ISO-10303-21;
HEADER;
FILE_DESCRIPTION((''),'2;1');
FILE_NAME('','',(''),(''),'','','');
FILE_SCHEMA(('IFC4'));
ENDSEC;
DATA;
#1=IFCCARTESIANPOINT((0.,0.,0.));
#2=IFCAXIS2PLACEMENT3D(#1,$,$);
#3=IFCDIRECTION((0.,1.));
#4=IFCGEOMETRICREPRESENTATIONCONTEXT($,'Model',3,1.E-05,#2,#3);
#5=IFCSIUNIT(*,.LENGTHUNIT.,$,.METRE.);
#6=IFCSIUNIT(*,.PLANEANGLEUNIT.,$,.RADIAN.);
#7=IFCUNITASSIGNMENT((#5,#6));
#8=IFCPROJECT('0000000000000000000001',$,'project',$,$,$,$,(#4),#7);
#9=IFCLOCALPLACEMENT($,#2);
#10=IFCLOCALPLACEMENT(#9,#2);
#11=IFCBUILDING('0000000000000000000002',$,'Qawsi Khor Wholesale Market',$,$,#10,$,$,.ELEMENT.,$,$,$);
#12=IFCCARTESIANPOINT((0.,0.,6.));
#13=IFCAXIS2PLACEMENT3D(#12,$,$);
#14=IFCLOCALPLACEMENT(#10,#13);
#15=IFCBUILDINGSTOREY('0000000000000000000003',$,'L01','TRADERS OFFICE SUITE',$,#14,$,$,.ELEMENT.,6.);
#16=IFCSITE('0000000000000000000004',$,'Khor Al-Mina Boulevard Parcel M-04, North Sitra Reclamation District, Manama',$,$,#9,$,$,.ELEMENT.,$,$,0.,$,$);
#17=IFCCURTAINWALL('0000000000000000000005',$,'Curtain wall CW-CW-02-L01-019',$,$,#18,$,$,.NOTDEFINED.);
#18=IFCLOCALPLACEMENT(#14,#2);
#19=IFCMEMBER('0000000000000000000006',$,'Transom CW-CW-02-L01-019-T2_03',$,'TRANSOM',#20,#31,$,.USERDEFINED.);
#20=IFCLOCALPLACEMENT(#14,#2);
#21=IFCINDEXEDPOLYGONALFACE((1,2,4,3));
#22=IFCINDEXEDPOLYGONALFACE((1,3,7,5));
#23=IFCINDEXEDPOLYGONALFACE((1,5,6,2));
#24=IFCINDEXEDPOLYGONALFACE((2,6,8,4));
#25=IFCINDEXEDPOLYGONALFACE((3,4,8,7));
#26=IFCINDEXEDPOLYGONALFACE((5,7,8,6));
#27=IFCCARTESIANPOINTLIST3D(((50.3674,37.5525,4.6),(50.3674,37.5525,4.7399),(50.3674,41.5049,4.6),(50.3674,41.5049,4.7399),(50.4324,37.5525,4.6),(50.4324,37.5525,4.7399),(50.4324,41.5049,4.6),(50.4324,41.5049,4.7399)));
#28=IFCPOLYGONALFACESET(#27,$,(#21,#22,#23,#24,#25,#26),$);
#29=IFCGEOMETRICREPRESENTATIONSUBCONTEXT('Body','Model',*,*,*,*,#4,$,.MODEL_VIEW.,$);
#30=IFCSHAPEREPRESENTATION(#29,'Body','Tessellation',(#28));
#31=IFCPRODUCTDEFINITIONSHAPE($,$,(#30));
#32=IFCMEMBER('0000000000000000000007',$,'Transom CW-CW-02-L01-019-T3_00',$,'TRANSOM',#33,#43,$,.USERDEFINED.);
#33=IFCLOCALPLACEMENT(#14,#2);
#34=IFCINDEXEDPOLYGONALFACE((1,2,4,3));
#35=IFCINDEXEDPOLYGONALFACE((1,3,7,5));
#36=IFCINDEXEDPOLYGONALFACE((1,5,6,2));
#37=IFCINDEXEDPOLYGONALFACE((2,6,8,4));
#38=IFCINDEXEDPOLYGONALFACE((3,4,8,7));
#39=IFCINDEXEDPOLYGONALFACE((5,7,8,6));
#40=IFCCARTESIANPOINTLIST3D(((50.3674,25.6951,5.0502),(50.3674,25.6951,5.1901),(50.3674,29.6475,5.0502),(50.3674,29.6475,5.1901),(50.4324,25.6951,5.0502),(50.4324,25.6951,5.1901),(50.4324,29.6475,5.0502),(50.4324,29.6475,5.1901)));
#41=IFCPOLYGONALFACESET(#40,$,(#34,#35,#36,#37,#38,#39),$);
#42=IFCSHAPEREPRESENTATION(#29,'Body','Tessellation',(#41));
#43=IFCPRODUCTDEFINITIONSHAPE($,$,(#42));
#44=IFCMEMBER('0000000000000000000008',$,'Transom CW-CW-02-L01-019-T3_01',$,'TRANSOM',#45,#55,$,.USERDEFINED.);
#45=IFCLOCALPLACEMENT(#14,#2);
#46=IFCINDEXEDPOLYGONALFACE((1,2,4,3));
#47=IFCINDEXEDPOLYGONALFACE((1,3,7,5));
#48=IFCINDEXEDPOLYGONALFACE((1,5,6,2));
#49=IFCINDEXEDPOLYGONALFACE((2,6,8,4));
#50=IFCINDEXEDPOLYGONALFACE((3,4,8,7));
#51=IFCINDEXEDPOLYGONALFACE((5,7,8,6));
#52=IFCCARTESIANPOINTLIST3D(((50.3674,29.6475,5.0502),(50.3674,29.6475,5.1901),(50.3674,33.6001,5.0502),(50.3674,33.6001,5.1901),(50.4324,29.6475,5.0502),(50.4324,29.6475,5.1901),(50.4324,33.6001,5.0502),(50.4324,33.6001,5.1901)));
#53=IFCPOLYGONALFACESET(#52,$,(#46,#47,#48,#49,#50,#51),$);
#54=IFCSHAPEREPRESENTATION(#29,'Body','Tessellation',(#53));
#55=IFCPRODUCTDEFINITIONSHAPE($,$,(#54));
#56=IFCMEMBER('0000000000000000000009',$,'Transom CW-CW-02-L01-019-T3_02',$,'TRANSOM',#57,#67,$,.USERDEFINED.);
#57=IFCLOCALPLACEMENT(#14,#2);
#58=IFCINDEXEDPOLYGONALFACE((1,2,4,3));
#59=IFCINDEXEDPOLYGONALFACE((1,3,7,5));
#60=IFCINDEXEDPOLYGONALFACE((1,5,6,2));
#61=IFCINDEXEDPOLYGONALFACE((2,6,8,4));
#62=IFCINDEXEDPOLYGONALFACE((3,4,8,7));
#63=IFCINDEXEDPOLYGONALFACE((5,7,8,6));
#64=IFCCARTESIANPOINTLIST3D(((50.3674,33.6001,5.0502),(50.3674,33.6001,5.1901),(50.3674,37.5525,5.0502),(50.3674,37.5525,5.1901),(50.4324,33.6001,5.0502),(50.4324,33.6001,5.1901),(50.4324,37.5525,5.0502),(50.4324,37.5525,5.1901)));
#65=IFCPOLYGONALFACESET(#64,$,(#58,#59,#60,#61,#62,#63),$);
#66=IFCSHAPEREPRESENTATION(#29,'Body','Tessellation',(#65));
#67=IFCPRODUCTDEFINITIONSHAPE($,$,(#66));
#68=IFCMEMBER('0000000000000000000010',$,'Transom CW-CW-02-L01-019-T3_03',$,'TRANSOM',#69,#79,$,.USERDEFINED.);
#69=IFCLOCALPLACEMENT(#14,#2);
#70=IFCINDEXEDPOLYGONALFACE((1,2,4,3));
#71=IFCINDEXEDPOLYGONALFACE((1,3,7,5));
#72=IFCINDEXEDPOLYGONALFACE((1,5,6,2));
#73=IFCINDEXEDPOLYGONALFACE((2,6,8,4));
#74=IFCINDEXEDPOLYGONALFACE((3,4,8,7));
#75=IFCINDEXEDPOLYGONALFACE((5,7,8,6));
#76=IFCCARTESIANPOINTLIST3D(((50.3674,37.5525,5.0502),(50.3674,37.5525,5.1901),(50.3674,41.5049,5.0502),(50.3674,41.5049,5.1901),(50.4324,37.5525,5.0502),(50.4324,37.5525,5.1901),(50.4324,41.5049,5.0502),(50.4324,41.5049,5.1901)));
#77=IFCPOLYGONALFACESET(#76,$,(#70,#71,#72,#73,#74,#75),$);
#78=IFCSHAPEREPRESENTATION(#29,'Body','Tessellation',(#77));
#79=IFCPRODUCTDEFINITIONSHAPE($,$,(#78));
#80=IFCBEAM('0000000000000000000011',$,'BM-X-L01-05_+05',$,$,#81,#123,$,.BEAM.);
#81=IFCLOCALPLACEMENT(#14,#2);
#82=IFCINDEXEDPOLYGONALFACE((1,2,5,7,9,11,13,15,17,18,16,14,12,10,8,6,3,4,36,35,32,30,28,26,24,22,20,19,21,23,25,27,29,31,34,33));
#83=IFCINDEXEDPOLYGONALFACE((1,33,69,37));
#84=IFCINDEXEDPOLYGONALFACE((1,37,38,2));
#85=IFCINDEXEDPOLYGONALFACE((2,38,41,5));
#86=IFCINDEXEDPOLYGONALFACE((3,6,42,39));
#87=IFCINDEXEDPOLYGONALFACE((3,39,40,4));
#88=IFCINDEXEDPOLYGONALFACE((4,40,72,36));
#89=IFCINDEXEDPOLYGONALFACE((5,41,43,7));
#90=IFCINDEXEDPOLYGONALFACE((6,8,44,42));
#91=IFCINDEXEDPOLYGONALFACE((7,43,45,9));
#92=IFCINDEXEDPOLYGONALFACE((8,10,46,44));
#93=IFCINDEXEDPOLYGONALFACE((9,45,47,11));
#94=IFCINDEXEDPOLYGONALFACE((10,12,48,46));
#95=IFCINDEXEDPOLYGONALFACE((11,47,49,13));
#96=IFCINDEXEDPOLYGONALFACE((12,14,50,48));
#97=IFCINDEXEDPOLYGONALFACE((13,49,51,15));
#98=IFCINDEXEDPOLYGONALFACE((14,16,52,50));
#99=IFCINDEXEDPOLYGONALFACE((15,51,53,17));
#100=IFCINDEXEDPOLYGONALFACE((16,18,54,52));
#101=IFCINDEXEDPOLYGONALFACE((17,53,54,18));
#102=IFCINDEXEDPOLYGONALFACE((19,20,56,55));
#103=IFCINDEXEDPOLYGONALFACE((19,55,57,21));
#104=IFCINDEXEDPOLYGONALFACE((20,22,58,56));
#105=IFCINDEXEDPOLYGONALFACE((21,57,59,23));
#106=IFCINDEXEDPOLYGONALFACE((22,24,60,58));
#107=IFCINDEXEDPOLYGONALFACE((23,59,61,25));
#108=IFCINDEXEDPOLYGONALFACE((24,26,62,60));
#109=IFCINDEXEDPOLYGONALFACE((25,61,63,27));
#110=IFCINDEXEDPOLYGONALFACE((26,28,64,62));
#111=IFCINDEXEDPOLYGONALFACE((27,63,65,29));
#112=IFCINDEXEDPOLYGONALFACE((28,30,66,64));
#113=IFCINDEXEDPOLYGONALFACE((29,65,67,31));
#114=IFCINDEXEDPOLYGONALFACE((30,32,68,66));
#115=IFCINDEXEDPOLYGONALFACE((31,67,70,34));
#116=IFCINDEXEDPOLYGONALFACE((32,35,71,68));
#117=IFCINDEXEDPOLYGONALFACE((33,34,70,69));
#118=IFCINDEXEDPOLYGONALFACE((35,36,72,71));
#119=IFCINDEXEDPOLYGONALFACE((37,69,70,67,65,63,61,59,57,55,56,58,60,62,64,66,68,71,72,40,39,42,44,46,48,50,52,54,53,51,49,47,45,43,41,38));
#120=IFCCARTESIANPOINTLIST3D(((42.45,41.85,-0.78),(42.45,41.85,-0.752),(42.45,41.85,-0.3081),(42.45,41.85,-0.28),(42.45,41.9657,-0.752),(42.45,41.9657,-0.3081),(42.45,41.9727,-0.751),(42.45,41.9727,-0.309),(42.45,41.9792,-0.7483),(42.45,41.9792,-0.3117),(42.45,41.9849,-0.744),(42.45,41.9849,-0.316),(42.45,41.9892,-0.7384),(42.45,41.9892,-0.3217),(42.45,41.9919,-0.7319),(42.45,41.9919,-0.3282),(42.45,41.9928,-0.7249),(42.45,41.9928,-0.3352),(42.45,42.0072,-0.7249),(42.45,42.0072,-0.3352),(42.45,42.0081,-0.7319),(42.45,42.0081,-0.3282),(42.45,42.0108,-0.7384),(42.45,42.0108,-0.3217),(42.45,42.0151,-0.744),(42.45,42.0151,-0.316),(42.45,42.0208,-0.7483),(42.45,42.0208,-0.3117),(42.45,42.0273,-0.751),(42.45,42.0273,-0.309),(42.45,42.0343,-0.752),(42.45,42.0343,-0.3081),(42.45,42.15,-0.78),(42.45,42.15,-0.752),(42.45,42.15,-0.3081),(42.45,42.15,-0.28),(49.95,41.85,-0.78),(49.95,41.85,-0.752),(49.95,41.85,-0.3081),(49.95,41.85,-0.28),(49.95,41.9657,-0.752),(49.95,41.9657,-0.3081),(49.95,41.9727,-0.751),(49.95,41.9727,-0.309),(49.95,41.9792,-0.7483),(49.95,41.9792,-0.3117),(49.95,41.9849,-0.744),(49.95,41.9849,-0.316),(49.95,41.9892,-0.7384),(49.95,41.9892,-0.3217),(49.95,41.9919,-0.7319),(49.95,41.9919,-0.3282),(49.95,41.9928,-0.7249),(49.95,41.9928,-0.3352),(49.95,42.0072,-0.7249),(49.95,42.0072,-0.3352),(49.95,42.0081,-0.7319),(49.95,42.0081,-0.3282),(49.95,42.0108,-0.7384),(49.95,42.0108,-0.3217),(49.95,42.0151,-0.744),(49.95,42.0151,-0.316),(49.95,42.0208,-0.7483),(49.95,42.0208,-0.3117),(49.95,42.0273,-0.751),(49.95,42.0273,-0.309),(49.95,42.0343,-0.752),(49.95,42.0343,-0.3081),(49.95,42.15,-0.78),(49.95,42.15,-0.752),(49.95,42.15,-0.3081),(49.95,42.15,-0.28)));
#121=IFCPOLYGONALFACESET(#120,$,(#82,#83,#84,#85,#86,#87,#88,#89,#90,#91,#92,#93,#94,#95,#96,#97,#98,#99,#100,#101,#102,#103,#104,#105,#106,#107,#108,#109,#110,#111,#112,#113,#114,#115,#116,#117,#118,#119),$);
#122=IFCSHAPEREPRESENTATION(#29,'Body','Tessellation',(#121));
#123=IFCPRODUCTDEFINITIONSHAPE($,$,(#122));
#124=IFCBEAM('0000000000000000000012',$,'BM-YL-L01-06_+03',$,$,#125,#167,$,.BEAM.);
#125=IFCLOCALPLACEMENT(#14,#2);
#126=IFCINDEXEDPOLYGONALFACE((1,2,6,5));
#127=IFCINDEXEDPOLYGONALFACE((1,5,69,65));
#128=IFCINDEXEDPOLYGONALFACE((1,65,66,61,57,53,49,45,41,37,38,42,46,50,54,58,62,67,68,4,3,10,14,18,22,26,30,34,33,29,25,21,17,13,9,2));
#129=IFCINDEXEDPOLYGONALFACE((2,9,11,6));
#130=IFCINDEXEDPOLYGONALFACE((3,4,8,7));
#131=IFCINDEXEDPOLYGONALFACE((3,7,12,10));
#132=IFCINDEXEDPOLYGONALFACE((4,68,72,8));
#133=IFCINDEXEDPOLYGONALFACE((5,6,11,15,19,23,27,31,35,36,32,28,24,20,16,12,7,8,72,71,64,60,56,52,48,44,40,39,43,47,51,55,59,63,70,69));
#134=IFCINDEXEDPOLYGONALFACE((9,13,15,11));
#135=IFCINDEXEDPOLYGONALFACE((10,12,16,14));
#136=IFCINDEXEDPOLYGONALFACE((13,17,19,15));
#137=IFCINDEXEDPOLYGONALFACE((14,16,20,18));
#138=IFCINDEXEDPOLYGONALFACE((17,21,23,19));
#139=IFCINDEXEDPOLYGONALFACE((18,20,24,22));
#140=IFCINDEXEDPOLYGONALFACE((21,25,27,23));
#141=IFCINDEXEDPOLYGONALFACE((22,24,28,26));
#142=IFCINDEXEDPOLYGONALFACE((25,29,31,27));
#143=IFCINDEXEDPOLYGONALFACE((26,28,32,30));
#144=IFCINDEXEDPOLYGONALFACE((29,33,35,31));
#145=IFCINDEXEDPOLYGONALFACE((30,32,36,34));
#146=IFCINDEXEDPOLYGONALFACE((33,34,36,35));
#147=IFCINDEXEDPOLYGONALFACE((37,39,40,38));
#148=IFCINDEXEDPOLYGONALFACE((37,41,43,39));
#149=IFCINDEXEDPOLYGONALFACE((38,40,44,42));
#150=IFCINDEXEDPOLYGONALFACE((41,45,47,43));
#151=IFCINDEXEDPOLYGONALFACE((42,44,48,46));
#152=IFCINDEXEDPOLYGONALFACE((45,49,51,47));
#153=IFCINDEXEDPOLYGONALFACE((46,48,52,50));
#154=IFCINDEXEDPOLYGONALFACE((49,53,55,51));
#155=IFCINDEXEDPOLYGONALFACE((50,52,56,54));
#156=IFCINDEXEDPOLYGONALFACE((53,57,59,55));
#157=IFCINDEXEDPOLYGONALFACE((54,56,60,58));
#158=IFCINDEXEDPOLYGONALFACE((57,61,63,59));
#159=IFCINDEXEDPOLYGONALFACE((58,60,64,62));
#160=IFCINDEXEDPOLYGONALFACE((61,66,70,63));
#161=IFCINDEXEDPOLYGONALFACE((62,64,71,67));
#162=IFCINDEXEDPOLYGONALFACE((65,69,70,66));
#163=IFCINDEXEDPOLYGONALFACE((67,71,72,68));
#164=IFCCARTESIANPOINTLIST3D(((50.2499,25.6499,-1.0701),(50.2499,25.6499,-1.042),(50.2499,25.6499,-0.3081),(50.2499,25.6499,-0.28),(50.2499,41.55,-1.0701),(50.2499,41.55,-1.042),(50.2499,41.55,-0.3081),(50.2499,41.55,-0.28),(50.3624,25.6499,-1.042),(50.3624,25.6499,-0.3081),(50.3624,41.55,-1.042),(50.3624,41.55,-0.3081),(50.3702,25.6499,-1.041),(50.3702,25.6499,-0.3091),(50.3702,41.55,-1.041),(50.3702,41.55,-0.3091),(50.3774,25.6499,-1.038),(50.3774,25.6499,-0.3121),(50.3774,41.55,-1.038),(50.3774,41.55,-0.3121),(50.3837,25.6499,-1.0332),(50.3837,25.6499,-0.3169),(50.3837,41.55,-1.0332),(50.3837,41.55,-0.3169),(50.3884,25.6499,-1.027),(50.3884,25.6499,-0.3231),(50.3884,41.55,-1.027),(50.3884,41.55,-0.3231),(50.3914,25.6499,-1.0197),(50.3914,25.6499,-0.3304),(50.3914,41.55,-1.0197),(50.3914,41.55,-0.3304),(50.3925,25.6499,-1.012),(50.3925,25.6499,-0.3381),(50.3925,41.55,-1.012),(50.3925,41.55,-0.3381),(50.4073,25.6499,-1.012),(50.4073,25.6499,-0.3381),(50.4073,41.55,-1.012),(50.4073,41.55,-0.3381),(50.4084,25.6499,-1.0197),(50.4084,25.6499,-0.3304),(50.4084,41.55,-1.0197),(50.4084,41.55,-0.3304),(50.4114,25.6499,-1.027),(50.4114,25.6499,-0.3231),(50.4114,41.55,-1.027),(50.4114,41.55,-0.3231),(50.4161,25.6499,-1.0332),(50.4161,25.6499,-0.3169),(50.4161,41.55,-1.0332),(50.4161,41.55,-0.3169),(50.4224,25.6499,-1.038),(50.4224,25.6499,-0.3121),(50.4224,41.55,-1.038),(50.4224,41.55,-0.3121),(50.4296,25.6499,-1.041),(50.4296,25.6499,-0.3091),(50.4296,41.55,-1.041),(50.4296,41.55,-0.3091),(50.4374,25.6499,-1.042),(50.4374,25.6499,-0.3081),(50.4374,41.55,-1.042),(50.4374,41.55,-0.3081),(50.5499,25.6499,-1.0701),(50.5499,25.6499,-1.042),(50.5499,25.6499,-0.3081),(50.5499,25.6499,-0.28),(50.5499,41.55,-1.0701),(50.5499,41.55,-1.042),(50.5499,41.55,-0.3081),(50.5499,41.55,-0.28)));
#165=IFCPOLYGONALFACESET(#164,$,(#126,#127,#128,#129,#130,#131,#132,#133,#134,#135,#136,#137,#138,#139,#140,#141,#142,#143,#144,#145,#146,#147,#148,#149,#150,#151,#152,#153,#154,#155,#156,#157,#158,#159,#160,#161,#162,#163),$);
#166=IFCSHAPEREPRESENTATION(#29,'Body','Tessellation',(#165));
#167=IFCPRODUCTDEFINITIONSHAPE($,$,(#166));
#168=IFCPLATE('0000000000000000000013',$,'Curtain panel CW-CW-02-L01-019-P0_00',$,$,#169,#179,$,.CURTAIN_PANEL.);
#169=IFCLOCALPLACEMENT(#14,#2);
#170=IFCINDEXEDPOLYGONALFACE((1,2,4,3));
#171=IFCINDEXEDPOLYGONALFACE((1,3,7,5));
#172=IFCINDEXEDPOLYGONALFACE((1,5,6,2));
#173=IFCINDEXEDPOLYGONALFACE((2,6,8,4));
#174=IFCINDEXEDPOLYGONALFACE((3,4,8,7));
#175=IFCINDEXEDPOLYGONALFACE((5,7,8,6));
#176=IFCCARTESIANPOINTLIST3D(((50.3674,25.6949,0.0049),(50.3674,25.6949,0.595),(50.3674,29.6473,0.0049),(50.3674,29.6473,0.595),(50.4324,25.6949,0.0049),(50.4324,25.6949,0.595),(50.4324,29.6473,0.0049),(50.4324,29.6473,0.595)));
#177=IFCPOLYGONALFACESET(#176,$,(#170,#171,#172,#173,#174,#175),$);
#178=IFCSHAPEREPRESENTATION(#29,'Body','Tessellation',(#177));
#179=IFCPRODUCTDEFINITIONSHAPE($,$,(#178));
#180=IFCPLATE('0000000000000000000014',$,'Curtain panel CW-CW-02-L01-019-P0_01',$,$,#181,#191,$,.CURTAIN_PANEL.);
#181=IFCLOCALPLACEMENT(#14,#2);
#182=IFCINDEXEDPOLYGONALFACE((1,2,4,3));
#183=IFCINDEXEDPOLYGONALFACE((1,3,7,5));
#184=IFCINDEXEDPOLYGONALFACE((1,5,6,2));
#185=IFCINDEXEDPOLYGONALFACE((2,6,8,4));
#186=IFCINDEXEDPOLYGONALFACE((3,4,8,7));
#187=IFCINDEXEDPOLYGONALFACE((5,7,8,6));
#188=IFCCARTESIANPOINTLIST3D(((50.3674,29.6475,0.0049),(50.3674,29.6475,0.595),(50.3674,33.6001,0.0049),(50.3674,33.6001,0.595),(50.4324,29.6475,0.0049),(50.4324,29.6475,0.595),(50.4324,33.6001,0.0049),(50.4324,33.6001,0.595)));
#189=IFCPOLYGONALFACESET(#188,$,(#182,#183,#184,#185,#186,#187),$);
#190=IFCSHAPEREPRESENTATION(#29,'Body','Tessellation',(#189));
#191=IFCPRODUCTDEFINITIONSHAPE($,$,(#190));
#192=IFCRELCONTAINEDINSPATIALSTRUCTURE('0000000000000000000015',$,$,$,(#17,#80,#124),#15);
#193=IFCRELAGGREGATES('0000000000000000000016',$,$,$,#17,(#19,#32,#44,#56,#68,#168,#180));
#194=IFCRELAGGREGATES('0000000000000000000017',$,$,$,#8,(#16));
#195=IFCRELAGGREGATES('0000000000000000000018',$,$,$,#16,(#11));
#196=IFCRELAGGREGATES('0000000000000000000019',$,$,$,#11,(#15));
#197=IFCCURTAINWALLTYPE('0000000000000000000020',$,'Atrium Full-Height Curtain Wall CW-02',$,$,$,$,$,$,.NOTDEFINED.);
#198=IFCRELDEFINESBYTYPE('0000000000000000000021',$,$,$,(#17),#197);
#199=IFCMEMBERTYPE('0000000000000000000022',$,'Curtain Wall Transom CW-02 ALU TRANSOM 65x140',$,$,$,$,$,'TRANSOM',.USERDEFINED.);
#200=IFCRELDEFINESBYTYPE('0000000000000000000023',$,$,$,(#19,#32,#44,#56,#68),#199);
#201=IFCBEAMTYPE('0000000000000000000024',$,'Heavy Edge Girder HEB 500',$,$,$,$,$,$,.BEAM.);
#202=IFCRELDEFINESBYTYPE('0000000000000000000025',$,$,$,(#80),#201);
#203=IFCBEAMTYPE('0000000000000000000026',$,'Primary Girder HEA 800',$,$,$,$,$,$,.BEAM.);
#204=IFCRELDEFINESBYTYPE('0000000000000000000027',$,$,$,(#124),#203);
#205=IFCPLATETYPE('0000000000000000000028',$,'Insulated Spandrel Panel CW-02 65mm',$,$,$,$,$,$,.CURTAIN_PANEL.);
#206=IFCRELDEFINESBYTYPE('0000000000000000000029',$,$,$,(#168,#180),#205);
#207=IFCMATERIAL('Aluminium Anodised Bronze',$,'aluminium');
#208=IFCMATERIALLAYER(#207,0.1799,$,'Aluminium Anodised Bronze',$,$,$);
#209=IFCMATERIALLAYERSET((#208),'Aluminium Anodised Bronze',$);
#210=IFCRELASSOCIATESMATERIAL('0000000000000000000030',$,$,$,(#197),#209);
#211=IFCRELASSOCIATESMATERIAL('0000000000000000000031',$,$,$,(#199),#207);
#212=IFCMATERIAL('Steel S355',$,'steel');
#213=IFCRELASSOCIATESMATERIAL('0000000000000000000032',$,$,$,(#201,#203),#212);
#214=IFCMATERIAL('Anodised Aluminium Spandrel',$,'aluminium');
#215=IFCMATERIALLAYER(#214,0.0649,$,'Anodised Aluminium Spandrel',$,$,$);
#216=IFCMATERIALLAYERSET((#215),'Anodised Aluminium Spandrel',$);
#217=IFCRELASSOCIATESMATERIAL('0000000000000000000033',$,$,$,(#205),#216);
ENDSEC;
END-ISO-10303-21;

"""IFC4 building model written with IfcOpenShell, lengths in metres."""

from ifc_helpers import new_model, si_unit, direction, frame, frame_2d, origin, origin_2d, place, context, subcontext, project, spatial, rectangle, i_section, extrude, material, layer, layer_set, material_profile, profile_set, type_object, element, aggregate, save


model = new_model("IFC4")

# Units and contexts
model_context = context("Model", 3, precision=1e-05, world=origin(), true_north=direction((0.0, 1.0)))
body_context = subcontext(model_context, "Body", "Model", "MODEL_VIEW")
ifc_project = project(units=[si_unit("LENGTHUNIT", "METRE"), si_unit("PLANEANGLEUNIT", "RADIAN")], contexts=[model_context])

# Site, building, storey
site_placement = place(None, origin())
site = spatial("IfcSite", under=ifc_project, at=site_placement, Name="Khor Al-Mina Boulevard Parcel M-04, North Sitra Reclamation District, Manama", CompositionType="ELEMENT", RefElevation=0.0)
building_placement = place(site_placement, origin())
building = spatial("IfcBuilding", under=site, at=building_placement, Name="Qawsi Khor Wholesale Market", CompositionType="ELEMENT")
storey_placement = place(building_placement, frame((0.0, 0.0, 6.0)))
storey = spatial("IfcBuildingStorey", under=building, at=storey_placement, Name="L01", Description="TRADERS OFFICE SUITE", CompositionType="ELEMENT", Elevation=6.0)

# Curtain wall, members
ifc_material_1 = material(Name="Aluminium Anodised Bronze", Category="aluminium")
ifc_layer_1 = layer(ifc_material_1, 0.1799, Name="Aluminium Anodised Bronze")
ifc_layer_set_1 = layer_set([ifc_layer_1], Name="Aluminium Anodised Bronze")
curtain_wall_type = type_object("IfcCurtainWallType", Name="Atrium Full-Height Curtain Wall CW-02", PredefinedType="NOTDEFINED", material=ifc_layer_set_1)
curtain_wall_placement = place(storey_placement, origin())
curtain_wall = element("IfcCurtainWall", 1, at=curtain_wall_placement, inside=storey, type_object=curtain_wall_type, Name="Curtain wall CW-CW-02-L01-019", PredefinedType="NOTDEFINED")
ifc_material_profile_1 = material_profile(ifc_material_1, rectangle(XDim=0.0649, YDim=0.1399, at=origin_2d()), Name="ALU TRANSOM 65x140")
ifc_profile_set_1 = profile_set([ifc_material_profile_1], Name="Aluminium Anodised Bronze")
member_type_1 = type_object("IfcMemberType", Name="Curtain Wall Transom CW-02 ALU TRANSOM 65x140", ElementType="TRANSOM", PredefinedType="USERDEFINED", material=ifc_profile_set_1)
member_1_placement = place(storey_placement, frame((50.3999, 37.5525, 4.6699), z_axis=(0.0, 1.0, 0.0), x_axis=(-1.0, 0.0, 0.0)))
member_1 = element("IfcMember", 2, at=member_1_placement, type_object=member_type_1, Name="Transom CW-CW-02-L01-019-T2_03", ObjectType="TRANSOM", PredefinedType="USERDEFINED", context=body_context, shape_type="SweptSolid", body=[
    extrude(rectangle(XDim=0.0649, YDim=0.1399, at=origin_2d()), origin(), (0.0, 0.0, 1.0), 3.9524),
])
member_2_placement = place(storey_placement, frame((50.3999, 25.6951, 5.1201), z_axis=(0.0, 1.0, 0.0), x_axis=(-1.0, 0.0, 0.0)))
member_2 = element("IfcMember", 3, at=member_2_placement, type_object=member_type_1, Name="Transom CW-CW-02-L01-019-T3_00", ObjectType="TRANSOM", PredefinedType="USERDEFINED", context=body_context, shape_type="SweptSolid", body=[
    extrude(rectangle(XDim=0.0649, YDim=0.1399, at=origin_2d()), origin(), (0.0, 0.0, 1.0), 3.9524),
])
member_3_placement = place(storey_placement, frame((50.3999, 29.6475, 5.1201), z_axis=(0.0, 1.0, 0.0), x_axis=(-1.0, 0.0, 0.0)))
member_3 = element("IfcMember", 4, at=member_3_placement, type_object=member_type_1, Name="Transom CW-CW-02-L01-019-T3_01", ObjectType="TRANSOM", PredefinedType="USERDEFINED", context=body_context, shape_type="SweptSolid", body=[
    extrude(rectangle(XDim=0.0649, YDim=0.1399, at=origin_2d()), origin(), (0.0, 0.0, 1.0), 3.9526),
])
member_4_placement = place(storey_placement, frame((50.3999, 33.6001, 5.1201), z_axis=(0.0, 1.0, 0.0), x_axis=(-1.0, 0.0, 0.0)))
member_4 = element("IfcMember", 5, at=member_4_placement, type_object=member_type_1, Name="Transom CW-CW-02-L01-019-T3_02", ObjectType="TRANSOM", PredefinedType="USERDEFINED", context=body_context, shape_type="SweptSolid", body=[
    extrude(rectangle(XDim=0.0649, YDim=0.1399, at=origin_2d()), origin(), (0.0, 0.0, 1.0), 3.9524),
])
member_5_placement = place(storey_placement, frame((50.3999, 37.5525, 5.1201), z_axis=(0.0, 1.0, 0.0), x_axis=(-1.0, 0.0, 0.0)))
member_5 = element("IfcMember", 6, at=member_5_placement, type_object=member_type_1, Name="Transom CW-CW-02-L01-019-T3_03", ObjectType="TRANSOM", PredefinedType="USERDEFINED", context=body_context, shape_type="SweptSolid", body=[
    extrude(rectangle(XDim=0.0649, YDim=0.1399, at=origin_2d()), origin(), (0.0, 0.0, 1.0), 3.9524),
])

# Beams
ifc_material_2 = material(Name="Steel S355", Category="steel")
ifc_material_profile_2 = material_profile(ifc_material_2, i_section(OverallWidth=0.3, OverallDepth=0.5, WebThickness=0.0144, FlangeThickness=0.0281, FilletRadius=0.0271, at=origin_2d()), Name="HEB 500")
ifc_profile_set_2 = profile_set([ifc_material_profile_2], Name="Steel S355")
beam_type_1 = type_object("IfcBeamType", Name="Heavy Edge Girder HEB 500", PredefinedType="BEAM", material=ifc_profile_set_2)
beam_1_placement = place(storey_placement, frame((42.45, 42.0, -0.53), z_axis=(1.0, 0.0, 0.0), x_axis=(0.0, 1.0, 0.0)))
element("IfcBeam", 7, at=beam_1_placement, inside=storey, type_object=beam_type_1, Name="BM-X-L01-05_+05", PredefinedType="BEAM", context=body_context, shape_type="SweptSolid", body=[
    extrude(i_section(OverallWidth=0.3, OverallDepth=0.5, WebThickness=0.0144, FlangeThickness=0.0281, FilletRadius=0.0271, at=origin_2d()), origin(), (0.0, 0.0, 1.0), 7.5),
])
ifc_material_profile_3 = material_profile(ifc_material_2, i_section(OverallWidth=0.3, OverallDepth=0.79, WebThickness=0.0149, FlangeThickness=0.0281, FilletRadius=0.03, at=origin_2d()), Name="HEA 800")
ifc_profile_set_3 = profile_set([ifc_material_profile_3], Name="Steel S355")
beam_type_2 = type_object("IfcBeamType", Name="Primary Girder HEA 800", PredefinedType="BEAM", material=ifc_profile_set_3)
beam_2_placement = place(storey_placement, frame((50.3999, 25.6499, -0.675), z_axis=(0.0, 1.0, 0.0), x_axis=(-1.0, 0.0, 0.0)))
element("IfcBeam", 8, at=beam_2_placement, inside=storey, type_object=beam_type_2, Name="BM-YL-L01-06_+03", PredefinedType="BEAM", context=body_context, shape_type="SweptSolid", body=[
    extrude(i_section(OverallWidth=0.3, OverallDepth=0.79, WebThickness=0.0149, FlangeThickness=0.0281, FilletRadius=0.03, at=origin_2d()), origin(), (0.0, 0.0, 1.0), 15.9001),
])

# Plates
ifc_material_3 = material(Name="Anodised Aluminium Spandrel", Category="aluminium")
ifc_layer_2 = layer(ifc_material_3, 0.0649, Name="Anodised Aluminium Spandrel")
ifc_layer_set_2 = layer_set([ifc_layer_2], Name="Anodised Aluminium Spandrel")
plate_type_1 = type_object("IfcPlateType", Name="Insulated Spandrel Panel CW-02 65mm", PredefinedType="CURTAIN_PANEL", material=ifc_layer_set_2)
plate_1_placement = place(storey_placement, frame((50.3999, 25.6951, 0.0049), z_axis=(0.0, 0.0, 1.0), x_axis=(0.0, 1.0, 0.0)))
plate_1 = element("IfcPlate", 9, at=plate_1_placement, type_object=plate_type_1, Name="Curtain panel CW-CW-02-L01-019-P0_00", PredefinedType="CURTAIN_PANEL", context=body_context, shape_type="SweptSolid", body=[
    extrude(rectangle(XDim=3.9524, YDim=0.0649, at=frame_2d((1.9761, 0.0))), origin(), (0.0, 0.0, 1.0), 0.5901),
])
plate_2_placement = place(storey_placement, frame((50.3999, 29.6475, 0.0049), z_axis=(0.0, 0.0, 1.0), x_axis=(0.0, 1.0, 0.0)))
plate_2 = element("IfcPlate", 10, at=plate_2_placement, type_object=plate_type_1, Name="Curtain panel CW-CW-02-L01-019-P0_01", PredefinedType="CURTAIN_PANEL", context=body_context, shape_type="SweptSolid", body=[
    extrude(rectangle(XDim=3.9526, YDim=0.0649, at=frame_2d((1.9763, 0.0))), origin(), (0.0, 0.0, 1.0), 0.5901),
])
aggregate(curtain_wall, [member_1, member_2, member_3, member_4, member_5, plate_1, plate_2])

save(model, "model.ifc")
